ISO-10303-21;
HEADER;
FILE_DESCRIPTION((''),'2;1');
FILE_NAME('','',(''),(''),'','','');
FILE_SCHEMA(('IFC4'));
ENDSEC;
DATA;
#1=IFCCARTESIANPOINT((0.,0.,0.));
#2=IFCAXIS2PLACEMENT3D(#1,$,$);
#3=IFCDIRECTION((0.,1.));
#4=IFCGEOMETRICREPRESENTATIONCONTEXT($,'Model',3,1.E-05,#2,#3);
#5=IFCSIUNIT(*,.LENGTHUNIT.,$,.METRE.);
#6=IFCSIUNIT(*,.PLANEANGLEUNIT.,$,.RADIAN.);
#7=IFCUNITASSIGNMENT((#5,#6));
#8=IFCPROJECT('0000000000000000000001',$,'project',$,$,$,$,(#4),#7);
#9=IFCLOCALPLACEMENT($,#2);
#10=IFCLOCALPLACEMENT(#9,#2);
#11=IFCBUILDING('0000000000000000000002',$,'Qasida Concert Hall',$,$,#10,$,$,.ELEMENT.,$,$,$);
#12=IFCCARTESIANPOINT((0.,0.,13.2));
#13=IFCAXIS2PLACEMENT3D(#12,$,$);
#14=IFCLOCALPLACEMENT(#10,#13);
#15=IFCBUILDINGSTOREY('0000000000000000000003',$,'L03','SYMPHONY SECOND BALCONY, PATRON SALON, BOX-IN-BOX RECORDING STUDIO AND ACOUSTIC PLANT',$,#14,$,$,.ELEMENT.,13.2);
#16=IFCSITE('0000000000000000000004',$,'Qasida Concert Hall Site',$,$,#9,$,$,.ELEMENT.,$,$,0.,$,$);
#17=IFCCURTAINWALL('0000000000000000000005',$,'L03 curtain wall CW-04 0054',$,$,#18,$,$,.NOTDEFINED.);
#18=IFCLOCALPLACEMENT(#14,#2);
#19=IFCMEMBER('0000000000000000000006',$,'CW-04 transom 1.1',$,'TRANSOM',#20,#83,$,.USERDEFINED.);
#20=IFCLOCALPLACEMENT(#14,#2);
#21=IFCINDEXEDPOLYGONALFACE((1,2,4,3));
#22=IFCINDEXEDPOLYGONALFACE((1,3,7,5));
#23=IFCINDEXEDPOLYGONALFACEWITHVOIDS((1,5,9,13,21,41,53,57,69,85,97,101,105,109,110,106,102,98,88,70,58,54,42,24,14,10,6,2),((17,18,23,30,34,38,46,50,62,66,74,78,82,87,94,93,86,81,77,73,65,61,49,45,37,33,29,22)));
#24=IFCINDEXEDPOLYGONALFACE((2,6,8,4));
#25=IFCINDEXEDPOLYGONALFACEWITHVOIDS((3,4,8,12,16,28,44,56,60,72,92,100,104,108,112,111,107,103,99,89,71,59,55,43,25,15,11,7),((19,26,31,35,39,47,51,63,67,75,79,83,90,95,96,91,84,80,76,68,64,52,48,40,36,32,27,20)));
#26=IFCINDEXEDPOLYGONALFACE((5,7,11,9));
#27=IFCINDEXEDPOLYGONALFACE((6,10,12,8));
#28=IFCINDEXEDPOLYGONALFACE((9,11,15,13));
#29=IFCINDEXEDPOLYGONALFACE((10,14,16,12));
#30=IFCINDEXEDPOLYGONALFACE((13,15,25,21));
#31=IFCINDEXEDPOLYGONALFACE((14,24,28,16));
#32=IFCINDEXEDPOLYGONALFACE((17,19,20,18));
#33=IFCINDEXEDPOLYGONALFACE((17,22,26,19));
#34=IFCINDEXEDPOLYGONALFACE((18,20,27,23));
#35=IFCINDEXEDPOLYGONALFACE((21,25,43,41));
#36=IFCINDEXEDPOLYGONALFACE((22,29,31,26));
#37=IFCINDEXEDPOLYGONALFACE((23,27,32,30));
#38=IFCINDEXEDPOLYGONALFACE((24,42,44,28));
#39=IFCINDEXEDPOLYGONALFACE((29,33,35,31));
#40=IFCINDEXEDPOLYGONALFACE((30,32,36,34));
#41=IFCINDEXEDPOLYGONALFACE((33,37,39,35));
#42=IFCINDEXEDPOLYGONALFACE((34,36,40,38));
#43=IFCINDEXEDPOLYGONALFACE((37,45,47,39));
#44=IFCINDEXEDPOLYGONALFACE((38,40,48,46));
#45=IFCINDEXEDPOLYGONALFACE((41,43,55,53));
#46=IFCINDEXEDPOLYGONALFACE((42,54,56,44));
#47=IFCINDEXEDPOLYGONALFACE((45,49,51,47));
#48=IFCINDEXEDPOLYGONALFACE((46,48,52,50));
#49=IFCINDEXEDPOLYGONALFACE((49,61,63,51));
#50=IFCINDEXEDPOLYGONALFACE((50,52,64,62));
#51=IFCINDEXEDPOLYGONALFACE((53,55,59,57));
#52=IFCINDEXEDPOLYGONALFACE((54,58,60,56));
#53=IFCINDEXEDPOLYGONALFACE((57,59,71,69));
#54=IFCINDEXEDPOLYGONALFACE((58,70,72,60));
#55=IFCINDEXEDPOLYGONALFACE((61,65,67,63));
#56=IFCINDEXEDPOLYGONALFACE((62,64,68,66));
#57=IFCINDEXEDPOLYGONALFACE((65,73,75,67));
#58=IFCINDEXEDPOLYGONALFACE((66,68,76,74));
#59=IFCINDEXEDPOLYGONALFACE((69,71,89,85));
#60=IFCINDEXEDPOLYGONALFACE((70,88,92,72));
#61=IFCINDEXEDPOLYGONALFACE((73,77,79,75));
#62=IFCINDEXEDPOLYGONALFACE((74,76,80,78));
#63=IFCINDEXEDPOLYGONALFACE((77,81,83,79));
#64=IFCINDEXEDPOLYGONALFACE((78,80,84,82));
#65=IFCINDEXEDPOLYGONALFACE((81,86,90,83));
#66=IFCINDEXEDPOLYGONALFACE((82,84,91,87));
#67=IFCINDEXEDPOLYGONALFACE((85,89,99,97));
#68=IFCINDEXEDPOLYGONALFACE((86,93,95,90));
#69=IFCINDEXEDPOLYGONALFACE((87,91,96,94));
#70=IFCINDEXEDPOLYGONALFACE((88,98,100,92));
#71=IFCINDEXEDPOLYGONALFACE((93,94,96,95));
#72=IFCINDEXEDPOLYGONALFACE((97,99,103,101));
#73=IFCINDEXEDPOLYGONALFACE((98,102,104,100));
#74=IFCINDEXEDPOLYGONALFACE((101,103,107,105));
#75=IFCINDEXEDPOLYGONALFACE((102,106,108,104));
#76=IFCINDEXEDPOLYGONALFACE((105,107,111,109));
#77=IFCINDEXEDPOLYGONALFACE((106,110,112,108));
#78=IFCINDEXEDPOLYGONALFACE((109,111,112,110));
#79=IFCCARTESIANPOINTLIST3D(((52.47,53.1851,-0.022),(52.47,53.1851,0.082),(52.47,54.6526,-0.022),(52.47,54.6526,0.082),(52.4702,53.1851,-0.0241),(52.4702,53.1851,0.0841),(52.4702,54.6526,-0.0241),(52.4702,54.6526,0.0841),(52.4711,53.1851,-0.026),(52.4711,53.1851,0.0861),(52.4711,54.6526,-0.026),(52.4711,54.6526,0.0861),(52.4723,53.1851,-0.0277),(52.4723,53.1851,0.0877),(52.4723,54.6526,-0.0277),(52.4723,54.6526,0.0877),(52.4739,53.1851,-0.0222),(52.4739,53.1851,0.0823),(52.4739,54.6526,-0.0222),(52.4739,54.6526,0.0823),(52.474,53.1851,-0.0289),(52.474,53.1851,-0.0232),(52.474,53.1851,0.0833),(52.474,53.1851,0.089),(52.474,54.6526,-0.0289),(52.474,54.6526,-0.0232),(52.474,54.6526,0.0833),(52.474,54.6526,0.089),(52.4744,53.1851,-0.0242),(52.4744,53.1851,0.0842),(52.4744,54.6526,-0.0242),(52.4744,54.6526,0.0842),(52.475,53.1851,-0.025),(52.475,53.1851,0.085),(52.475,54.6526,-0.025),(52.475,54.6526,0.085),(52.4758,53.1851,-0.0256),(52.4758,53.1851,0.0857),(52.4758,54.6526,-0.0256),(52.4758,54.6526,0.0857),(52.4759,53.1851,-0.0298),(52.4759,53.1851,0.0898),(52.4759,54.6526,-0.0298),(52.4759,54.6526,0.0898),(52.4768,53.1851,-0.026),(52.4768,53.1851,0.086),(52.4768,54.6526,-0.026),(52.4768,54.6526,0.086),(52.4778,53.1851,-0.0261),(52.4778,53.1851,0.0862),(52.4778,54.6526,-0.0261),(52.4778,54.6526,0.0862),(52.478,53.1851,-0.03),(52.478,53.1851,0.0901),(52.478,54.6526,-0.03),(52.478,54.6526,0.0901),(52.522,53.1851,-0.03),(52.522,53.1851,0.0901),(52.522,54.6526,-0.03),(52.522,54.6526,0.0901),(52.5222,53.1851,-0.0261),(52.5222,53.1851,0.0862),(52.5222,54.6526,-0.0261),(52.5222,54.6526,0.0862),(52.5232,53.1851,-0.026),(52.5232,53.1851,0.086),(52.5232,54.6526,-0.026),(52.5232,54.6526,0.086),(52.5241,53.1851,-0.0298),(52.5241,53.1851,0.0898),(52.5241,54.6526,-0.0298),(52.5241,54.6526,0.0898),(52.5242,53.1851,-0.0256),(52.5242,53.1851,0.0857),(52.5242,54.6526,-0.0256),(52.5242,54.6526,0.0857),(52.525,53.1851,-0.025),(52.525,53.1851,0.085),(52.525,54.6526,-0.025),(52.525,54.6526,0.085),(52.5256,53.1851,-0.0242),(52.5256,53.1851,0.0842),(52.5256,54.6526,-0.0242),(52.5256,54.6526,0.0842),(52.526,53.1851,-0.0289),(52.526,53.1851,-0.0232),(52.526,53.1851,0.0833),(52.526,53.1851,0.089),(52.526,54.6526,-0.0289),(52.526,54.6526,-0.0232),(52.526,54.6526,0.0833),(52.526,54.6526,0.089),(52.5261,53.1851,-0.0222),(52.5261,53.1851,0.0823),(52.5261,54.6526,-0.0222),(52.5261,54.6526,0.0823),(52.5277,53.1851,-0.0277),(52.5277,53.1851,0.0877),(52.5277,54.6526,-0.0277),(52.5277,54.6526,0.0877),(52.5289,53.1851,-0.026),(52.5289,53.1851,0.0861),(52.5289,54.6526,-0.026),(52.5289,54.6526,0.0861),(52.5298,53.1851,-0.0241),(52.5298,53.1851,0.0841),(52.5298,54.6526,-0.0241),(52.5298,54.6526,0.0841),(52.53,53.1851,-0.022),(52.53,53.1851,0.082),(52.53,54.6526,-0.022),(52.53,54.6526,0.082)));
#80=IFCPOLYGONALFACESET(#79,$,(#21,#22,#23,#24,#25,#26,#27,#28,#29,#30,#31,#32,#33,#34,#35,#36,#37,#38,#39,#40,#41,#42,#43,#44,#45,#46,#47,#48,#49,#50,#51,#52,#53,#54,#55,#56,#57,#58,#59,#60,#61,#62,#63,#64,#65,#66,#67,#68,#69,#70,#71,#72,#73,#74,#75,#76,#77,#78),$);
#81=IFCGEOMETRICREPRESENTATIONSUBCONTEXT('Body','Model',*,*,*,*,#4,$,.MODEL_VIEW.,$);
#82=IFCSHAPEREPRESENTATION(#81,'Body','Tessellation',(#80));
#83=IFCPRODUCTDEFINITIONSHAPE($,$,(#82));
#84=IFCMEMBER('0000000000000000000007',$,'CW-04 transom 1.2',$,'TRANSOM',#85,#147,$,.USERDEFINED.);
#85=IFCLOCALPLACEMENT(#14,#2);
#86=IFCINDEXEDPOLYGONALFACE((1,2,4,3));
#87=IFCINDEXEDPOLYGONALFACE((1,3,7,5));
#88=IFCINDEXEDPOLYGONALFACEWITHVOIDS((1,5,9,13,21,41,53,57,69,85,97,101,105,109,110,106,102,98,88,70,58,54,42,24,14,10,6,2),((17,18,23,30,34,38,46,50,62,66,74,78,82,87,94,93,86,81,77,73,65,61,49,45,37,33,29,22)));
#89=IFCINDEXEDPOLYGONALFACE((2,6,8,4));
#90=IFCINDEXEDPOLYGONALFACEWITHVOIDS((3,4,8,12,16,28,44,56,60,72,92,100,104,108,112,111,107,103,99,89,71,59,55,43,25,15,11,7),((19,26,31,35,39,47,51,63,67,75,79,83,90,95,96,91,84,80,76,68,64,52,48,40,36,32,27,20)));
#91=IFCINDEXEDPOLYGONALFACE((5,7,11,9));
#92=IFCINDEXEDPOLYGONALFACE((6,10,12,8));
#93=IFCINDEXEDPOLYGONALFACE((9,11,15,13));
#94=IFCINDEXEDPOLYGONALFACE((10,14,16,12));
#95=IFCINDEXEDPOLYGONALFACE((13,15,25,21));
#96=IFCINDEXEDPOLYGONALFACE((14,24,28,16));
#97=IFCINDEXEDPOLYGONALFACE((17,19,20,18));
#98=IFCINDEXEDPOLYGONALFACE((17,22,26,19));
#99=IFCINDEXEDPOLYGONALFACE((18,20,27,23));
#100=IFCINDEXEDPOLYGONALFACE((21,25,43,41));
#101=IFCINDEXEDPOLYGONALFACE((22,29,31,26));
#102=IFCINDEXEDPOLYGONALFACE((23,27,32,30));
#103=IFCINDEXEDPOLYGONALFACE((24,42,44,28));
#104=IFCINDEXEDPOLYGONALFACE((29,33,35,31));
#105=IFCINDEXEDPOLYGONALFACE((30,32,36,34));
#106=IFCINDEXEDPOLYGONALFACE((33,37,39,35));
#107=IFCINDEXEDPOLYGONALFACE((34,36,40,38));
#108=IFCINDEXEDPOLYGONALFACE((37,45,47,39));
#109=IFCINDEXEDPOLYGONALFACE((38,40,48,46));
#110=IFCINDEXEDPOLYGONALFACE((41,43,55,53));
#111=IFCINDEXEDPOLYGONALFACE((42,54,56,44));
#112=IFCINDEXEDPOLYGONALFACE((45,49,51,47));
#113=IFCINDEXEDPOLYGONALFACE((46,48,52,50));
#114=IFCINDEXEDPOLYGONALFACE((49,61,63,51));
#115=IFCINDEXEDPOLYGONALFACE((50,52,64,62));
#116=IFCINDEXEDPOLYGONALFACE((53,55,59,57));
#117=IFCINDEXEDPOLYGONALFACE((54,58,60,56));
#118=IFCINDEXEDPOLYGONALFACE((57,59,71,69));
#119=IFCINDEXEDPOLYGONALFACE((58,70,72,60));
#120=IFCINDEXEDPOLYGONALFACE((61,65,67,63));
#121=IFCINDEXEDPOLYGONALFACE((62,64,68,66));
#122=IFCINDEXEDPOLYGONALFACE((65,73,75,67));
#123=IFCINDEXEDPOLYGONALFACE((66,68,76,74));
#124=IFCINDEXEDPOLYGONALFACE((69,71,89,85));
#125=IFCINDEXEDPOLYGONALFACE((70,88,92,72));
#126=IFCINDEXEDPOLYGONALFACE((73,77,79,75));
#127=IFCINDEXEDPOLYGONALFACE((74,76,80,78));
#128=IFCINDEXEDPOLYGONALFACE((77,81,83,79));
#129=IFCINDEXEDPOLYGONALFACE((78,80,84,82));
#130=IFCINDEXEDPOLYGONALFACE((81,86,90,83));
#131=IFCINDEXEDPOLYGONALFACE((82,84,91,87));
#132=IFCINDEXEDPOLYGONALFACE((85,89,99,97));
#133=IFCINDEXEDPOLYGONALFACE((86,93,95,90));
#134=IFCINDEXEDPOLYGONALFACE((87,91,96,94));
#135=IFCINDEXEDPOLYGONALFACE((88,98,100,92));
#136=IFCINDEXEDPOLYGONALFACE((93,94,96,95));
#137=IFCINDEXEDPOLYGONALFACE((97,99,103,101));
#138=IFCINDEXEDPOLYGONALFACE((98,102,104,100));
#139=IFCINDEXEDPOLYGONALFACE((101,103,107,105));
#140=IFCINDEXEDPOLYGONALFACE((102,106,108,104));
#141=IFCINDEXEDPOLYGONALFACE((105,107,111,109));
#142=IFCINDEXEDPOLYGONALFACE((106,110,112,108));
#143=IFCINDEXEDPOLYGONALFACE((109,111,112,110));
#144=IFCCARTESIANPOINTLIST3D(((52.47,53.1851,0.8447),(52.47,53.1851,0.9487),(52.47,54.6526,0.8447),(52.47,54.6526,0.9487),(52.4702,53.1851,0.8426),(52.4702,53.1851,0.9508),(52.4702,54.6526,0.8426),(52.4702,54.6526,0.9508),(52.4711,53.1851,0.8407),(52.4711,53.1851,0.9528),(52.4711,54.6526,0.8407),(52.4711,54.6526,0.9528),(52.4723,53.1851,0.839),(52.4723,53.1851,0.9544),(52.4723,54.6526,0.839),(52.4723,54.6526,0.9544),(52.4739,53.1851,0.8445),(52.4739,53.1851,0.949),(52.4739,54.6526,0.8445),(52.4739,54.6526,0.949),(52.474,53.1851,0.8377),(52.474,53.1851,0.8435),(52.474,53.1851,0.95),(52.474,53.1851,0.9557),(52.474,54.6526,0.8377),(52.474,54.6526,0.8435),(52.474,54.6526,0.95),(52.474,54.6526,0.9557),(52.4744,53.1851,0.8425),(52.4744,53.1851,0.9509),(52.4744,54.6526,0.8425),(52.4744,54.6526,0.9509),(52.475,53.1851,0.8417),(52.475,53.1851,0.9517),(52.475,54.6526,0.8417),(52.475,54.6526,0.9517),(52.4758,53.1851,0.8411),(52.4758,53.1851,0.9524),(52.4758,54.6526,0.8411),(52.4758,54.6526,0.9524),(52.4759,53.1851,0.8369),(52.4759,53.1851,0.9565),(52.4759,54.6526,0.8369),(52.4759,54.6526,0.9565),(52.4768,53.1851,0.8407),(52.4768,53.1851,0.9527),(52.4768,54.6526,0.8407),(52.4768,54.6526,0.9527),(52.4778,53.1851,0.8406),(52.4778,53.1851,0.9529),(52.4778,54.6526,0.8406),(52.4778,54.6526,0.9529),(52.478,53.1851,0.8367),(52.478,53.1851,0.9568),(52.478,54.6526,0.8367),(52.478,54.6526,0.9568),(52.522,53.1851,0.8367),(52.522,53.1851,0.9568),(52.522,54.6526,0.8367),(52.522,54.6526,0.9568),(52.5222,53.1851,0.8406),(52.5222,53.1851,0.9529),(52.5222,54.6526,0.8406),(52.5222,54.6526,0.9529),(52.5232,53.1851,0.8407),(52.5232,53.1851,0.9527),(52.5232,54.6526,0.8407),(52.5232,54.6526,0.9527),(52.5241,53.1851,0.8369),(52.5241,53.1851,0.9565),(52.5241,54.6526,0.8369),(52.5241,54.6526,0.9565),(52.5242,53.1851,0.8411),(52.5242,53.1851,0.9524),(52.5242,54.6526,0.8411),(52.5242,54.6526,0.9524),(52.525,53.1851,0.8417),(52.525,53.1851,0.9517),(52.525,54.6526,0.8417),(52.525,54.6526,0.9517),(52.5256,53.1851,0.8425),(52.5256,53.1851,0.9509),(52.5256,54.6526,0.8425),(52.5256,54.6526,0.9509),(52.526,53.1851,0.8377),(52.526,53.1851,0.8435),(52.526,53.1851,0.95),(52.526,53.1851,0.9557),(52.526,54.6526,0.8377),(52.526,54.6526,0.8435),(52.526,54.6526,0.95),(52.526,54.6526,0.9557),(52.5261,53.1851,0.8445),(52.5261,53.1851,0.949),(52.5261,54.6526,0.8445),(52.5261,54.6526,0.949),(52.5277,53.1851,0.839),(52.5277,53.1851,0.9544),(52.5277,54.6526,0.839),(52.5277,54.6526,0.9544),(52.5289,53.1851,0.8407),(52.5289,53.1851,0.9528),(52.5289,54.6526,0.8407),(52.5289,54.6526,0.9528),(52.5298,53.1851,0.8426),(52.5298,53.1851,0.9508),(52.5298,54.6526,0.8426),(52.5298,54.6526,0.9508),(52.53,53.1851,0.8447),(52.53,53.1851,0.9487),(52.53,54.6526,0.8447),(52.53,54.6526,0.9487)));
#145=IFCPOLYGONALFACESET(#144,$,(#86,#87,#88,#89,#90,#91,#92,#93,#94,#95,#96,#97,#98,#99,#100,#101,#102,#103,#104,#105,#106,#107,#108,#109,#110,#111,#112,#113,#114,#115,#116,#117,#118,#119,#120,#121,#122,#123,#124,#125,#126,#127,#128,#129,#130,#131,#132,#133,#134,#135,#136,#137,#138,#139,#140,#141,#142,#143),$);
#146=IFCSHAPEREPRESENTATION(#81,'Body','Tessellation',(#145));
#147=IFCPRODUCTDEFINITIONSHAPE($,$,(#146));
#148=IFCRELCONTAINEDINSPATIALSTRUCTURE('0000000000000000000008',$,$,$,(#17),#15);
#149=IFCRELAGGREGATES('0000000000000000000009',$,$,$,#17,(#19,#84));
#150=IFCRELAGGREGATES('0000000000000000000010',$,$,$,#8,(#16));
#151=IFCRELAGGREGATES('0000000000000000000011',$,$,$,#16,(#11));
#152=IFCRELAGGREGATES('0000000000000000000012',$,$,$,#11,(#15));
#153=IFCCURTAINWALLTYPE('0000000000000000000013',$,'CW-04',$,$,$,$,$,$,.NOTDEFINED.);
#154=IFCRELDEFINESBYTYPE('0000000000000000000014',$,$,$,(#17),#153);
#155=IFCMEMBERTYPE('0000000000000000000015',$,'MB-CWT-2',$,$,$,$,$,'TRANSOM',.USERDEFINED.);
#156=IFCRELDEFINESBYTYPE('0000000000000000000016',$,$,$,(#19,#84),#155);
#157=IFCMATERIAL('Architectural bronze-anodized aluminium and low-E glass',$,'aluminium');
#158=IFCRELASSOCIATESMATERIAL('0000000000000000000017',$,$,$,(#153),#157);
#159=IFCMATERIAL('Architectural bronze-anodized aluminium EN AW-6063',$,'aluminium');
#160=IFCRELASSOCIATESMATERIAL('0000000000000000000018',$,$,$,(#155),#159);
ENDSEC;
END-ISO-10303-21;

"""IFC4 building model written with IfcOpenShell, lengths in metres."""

from ifc_helpers import new_model, si_unit, direction, frame, origin, origin_2d, place, context, subcontext, project, spatial, hollow_rectangle, extrude, material, material_profile, profile_set, type_object, element, aggregate, save


model = new_model("IFC4")

# Units and contexts
model_context = context("Model", 3, precision=1e-05, world=origin(), true_north=direction((0.0, 1.0)))
body_context = subcontext(model_context, "Body", "Model", "MODEL_VIEW")
ifc_project = project(units=[si_unit("LENGTHUNIT", "METRE"), si_unit("PLANEANGLEUNIT", "RADIAN")], contexts=[model_context])

# Site, building, storey
site_placement = place(None, origin())
site = spatial("IfcSite", under=ifc_project, at=site_placement, Name="Qasida Concert Hall Site", CompositionType="ELEMENT", RefElevation=0.0)
building_placement = place(site_placement, origin())
building = spatial("IfcBuilding", under=site, at=building_placement, Name="Qasida Concert Hall", CompositionType="ELEMENT")
storey_placement = place(building_placement, frame((0.0, 0.0, 13.2)))
storey = spatial("IfcBuildingStorey", under=building, at=storey_placement, Name="L03", Description="SYMPHONY SECOND BALCONY, PATRON SALON, BOX-IN-BOX RECORDING STUDIO AND ACOUSTIC PLANT", CompositionType="ELEMENT", Elevation=13.2)

# Curtain wall, members
ifc_material_1 = material(Name="Architectural bronze-anodized aluminium and low-E glass", Category="aluminium")
curtain_wall_type = type_object("IfcCurtainWallType", Name="CW-04", PredefinedType="NOTDEFINED", material=ifc_material_1)
curtain_wall_placement = place(storey_placement, origin())
curtain_wall = element("IfcCurtainWall", 1, at=curtain_wall_placement, inside=storey, type_object=curtain_wall_type, Name="L03 curtain wall CW-04 0054", PredefinedType="NOTDEFINED")
ifc_material_2 = material(Name="Architectural bronze-anodized aluminium EN AW-6063", Category="aluminium")
ifc_material_profile_1 = material_profile(ifc_material_2, hollow_rectangle(XDim=0.0601, YDim=0.1201, WallThickness=0.0039, InnerFilletRadius=0.0039, OuterFilletRadius=0.0081, at=origin_2d()), Name="CWT 120x60x4")
ifc_profile_set_1 = profile_set([ifc_material_profile_1], Name="Architectural bronze-anodized aluminium EN AW-6063")
member_type_1 = type_object("IfcMemberType", Name="MB-CWT-2", ElementType="TRANSOM", PredefinedType="USERDEFINED", material=ifc_profile_set_1)
member_1_placement = place(storey_placement, frame((52.5, 53.1851, 0.03), z_axis=(0.0, 1.0, 0.0), x_axis=(-1.0, 0.0, 0.0)))
member_1 = element("IfcMember", 2, at=member_1_placement, type_object=member_type_1, Name="CW-04 transom 1.1", ObjectType="TRANSOM", PredefinedType="USERDEFINED", context=body_context, shape_type="SweptSolid", body=[
    extrude(hollow_rectangle(XDim=0.0601, YDim=0.1201, WallThickness=0.0039, InnerFilletRadius=0.0039, OuterFilletRadius=0.0081, at=origin_2d()), origin(), (0.0, 0.0, 1.0), 1.4675),
])
member_2_placement = place(storey_placement, frame((52.5, 53.1851, 0.8967), z_axis=(0.0, 1.0, 0.0), x_axis=(-1.0, 0.0, 0.0)))
member_2 = element("IfcMember", 3, at=member_2_placement, type_object=member_type_1, Name="CW-04 transom 1.2", ObjectType="TRANSOM", PredefinedType="USERDEFINED", context=body_context, shape_type="SweptSolid", body=[
    extrude(hollow_rectangle(XDim=0.0601, YDim=0.1201, WallThickness=0.0039, InnerFilletRadius=0.0039, OuterFilletRadius=0.0081, at=origin_2d()), origin(), (0.0, 0.0, 1.0), 1.4675),
])
aggregate(curtain_wall, [member_1, member_2])

save(model, "model.ifc")
